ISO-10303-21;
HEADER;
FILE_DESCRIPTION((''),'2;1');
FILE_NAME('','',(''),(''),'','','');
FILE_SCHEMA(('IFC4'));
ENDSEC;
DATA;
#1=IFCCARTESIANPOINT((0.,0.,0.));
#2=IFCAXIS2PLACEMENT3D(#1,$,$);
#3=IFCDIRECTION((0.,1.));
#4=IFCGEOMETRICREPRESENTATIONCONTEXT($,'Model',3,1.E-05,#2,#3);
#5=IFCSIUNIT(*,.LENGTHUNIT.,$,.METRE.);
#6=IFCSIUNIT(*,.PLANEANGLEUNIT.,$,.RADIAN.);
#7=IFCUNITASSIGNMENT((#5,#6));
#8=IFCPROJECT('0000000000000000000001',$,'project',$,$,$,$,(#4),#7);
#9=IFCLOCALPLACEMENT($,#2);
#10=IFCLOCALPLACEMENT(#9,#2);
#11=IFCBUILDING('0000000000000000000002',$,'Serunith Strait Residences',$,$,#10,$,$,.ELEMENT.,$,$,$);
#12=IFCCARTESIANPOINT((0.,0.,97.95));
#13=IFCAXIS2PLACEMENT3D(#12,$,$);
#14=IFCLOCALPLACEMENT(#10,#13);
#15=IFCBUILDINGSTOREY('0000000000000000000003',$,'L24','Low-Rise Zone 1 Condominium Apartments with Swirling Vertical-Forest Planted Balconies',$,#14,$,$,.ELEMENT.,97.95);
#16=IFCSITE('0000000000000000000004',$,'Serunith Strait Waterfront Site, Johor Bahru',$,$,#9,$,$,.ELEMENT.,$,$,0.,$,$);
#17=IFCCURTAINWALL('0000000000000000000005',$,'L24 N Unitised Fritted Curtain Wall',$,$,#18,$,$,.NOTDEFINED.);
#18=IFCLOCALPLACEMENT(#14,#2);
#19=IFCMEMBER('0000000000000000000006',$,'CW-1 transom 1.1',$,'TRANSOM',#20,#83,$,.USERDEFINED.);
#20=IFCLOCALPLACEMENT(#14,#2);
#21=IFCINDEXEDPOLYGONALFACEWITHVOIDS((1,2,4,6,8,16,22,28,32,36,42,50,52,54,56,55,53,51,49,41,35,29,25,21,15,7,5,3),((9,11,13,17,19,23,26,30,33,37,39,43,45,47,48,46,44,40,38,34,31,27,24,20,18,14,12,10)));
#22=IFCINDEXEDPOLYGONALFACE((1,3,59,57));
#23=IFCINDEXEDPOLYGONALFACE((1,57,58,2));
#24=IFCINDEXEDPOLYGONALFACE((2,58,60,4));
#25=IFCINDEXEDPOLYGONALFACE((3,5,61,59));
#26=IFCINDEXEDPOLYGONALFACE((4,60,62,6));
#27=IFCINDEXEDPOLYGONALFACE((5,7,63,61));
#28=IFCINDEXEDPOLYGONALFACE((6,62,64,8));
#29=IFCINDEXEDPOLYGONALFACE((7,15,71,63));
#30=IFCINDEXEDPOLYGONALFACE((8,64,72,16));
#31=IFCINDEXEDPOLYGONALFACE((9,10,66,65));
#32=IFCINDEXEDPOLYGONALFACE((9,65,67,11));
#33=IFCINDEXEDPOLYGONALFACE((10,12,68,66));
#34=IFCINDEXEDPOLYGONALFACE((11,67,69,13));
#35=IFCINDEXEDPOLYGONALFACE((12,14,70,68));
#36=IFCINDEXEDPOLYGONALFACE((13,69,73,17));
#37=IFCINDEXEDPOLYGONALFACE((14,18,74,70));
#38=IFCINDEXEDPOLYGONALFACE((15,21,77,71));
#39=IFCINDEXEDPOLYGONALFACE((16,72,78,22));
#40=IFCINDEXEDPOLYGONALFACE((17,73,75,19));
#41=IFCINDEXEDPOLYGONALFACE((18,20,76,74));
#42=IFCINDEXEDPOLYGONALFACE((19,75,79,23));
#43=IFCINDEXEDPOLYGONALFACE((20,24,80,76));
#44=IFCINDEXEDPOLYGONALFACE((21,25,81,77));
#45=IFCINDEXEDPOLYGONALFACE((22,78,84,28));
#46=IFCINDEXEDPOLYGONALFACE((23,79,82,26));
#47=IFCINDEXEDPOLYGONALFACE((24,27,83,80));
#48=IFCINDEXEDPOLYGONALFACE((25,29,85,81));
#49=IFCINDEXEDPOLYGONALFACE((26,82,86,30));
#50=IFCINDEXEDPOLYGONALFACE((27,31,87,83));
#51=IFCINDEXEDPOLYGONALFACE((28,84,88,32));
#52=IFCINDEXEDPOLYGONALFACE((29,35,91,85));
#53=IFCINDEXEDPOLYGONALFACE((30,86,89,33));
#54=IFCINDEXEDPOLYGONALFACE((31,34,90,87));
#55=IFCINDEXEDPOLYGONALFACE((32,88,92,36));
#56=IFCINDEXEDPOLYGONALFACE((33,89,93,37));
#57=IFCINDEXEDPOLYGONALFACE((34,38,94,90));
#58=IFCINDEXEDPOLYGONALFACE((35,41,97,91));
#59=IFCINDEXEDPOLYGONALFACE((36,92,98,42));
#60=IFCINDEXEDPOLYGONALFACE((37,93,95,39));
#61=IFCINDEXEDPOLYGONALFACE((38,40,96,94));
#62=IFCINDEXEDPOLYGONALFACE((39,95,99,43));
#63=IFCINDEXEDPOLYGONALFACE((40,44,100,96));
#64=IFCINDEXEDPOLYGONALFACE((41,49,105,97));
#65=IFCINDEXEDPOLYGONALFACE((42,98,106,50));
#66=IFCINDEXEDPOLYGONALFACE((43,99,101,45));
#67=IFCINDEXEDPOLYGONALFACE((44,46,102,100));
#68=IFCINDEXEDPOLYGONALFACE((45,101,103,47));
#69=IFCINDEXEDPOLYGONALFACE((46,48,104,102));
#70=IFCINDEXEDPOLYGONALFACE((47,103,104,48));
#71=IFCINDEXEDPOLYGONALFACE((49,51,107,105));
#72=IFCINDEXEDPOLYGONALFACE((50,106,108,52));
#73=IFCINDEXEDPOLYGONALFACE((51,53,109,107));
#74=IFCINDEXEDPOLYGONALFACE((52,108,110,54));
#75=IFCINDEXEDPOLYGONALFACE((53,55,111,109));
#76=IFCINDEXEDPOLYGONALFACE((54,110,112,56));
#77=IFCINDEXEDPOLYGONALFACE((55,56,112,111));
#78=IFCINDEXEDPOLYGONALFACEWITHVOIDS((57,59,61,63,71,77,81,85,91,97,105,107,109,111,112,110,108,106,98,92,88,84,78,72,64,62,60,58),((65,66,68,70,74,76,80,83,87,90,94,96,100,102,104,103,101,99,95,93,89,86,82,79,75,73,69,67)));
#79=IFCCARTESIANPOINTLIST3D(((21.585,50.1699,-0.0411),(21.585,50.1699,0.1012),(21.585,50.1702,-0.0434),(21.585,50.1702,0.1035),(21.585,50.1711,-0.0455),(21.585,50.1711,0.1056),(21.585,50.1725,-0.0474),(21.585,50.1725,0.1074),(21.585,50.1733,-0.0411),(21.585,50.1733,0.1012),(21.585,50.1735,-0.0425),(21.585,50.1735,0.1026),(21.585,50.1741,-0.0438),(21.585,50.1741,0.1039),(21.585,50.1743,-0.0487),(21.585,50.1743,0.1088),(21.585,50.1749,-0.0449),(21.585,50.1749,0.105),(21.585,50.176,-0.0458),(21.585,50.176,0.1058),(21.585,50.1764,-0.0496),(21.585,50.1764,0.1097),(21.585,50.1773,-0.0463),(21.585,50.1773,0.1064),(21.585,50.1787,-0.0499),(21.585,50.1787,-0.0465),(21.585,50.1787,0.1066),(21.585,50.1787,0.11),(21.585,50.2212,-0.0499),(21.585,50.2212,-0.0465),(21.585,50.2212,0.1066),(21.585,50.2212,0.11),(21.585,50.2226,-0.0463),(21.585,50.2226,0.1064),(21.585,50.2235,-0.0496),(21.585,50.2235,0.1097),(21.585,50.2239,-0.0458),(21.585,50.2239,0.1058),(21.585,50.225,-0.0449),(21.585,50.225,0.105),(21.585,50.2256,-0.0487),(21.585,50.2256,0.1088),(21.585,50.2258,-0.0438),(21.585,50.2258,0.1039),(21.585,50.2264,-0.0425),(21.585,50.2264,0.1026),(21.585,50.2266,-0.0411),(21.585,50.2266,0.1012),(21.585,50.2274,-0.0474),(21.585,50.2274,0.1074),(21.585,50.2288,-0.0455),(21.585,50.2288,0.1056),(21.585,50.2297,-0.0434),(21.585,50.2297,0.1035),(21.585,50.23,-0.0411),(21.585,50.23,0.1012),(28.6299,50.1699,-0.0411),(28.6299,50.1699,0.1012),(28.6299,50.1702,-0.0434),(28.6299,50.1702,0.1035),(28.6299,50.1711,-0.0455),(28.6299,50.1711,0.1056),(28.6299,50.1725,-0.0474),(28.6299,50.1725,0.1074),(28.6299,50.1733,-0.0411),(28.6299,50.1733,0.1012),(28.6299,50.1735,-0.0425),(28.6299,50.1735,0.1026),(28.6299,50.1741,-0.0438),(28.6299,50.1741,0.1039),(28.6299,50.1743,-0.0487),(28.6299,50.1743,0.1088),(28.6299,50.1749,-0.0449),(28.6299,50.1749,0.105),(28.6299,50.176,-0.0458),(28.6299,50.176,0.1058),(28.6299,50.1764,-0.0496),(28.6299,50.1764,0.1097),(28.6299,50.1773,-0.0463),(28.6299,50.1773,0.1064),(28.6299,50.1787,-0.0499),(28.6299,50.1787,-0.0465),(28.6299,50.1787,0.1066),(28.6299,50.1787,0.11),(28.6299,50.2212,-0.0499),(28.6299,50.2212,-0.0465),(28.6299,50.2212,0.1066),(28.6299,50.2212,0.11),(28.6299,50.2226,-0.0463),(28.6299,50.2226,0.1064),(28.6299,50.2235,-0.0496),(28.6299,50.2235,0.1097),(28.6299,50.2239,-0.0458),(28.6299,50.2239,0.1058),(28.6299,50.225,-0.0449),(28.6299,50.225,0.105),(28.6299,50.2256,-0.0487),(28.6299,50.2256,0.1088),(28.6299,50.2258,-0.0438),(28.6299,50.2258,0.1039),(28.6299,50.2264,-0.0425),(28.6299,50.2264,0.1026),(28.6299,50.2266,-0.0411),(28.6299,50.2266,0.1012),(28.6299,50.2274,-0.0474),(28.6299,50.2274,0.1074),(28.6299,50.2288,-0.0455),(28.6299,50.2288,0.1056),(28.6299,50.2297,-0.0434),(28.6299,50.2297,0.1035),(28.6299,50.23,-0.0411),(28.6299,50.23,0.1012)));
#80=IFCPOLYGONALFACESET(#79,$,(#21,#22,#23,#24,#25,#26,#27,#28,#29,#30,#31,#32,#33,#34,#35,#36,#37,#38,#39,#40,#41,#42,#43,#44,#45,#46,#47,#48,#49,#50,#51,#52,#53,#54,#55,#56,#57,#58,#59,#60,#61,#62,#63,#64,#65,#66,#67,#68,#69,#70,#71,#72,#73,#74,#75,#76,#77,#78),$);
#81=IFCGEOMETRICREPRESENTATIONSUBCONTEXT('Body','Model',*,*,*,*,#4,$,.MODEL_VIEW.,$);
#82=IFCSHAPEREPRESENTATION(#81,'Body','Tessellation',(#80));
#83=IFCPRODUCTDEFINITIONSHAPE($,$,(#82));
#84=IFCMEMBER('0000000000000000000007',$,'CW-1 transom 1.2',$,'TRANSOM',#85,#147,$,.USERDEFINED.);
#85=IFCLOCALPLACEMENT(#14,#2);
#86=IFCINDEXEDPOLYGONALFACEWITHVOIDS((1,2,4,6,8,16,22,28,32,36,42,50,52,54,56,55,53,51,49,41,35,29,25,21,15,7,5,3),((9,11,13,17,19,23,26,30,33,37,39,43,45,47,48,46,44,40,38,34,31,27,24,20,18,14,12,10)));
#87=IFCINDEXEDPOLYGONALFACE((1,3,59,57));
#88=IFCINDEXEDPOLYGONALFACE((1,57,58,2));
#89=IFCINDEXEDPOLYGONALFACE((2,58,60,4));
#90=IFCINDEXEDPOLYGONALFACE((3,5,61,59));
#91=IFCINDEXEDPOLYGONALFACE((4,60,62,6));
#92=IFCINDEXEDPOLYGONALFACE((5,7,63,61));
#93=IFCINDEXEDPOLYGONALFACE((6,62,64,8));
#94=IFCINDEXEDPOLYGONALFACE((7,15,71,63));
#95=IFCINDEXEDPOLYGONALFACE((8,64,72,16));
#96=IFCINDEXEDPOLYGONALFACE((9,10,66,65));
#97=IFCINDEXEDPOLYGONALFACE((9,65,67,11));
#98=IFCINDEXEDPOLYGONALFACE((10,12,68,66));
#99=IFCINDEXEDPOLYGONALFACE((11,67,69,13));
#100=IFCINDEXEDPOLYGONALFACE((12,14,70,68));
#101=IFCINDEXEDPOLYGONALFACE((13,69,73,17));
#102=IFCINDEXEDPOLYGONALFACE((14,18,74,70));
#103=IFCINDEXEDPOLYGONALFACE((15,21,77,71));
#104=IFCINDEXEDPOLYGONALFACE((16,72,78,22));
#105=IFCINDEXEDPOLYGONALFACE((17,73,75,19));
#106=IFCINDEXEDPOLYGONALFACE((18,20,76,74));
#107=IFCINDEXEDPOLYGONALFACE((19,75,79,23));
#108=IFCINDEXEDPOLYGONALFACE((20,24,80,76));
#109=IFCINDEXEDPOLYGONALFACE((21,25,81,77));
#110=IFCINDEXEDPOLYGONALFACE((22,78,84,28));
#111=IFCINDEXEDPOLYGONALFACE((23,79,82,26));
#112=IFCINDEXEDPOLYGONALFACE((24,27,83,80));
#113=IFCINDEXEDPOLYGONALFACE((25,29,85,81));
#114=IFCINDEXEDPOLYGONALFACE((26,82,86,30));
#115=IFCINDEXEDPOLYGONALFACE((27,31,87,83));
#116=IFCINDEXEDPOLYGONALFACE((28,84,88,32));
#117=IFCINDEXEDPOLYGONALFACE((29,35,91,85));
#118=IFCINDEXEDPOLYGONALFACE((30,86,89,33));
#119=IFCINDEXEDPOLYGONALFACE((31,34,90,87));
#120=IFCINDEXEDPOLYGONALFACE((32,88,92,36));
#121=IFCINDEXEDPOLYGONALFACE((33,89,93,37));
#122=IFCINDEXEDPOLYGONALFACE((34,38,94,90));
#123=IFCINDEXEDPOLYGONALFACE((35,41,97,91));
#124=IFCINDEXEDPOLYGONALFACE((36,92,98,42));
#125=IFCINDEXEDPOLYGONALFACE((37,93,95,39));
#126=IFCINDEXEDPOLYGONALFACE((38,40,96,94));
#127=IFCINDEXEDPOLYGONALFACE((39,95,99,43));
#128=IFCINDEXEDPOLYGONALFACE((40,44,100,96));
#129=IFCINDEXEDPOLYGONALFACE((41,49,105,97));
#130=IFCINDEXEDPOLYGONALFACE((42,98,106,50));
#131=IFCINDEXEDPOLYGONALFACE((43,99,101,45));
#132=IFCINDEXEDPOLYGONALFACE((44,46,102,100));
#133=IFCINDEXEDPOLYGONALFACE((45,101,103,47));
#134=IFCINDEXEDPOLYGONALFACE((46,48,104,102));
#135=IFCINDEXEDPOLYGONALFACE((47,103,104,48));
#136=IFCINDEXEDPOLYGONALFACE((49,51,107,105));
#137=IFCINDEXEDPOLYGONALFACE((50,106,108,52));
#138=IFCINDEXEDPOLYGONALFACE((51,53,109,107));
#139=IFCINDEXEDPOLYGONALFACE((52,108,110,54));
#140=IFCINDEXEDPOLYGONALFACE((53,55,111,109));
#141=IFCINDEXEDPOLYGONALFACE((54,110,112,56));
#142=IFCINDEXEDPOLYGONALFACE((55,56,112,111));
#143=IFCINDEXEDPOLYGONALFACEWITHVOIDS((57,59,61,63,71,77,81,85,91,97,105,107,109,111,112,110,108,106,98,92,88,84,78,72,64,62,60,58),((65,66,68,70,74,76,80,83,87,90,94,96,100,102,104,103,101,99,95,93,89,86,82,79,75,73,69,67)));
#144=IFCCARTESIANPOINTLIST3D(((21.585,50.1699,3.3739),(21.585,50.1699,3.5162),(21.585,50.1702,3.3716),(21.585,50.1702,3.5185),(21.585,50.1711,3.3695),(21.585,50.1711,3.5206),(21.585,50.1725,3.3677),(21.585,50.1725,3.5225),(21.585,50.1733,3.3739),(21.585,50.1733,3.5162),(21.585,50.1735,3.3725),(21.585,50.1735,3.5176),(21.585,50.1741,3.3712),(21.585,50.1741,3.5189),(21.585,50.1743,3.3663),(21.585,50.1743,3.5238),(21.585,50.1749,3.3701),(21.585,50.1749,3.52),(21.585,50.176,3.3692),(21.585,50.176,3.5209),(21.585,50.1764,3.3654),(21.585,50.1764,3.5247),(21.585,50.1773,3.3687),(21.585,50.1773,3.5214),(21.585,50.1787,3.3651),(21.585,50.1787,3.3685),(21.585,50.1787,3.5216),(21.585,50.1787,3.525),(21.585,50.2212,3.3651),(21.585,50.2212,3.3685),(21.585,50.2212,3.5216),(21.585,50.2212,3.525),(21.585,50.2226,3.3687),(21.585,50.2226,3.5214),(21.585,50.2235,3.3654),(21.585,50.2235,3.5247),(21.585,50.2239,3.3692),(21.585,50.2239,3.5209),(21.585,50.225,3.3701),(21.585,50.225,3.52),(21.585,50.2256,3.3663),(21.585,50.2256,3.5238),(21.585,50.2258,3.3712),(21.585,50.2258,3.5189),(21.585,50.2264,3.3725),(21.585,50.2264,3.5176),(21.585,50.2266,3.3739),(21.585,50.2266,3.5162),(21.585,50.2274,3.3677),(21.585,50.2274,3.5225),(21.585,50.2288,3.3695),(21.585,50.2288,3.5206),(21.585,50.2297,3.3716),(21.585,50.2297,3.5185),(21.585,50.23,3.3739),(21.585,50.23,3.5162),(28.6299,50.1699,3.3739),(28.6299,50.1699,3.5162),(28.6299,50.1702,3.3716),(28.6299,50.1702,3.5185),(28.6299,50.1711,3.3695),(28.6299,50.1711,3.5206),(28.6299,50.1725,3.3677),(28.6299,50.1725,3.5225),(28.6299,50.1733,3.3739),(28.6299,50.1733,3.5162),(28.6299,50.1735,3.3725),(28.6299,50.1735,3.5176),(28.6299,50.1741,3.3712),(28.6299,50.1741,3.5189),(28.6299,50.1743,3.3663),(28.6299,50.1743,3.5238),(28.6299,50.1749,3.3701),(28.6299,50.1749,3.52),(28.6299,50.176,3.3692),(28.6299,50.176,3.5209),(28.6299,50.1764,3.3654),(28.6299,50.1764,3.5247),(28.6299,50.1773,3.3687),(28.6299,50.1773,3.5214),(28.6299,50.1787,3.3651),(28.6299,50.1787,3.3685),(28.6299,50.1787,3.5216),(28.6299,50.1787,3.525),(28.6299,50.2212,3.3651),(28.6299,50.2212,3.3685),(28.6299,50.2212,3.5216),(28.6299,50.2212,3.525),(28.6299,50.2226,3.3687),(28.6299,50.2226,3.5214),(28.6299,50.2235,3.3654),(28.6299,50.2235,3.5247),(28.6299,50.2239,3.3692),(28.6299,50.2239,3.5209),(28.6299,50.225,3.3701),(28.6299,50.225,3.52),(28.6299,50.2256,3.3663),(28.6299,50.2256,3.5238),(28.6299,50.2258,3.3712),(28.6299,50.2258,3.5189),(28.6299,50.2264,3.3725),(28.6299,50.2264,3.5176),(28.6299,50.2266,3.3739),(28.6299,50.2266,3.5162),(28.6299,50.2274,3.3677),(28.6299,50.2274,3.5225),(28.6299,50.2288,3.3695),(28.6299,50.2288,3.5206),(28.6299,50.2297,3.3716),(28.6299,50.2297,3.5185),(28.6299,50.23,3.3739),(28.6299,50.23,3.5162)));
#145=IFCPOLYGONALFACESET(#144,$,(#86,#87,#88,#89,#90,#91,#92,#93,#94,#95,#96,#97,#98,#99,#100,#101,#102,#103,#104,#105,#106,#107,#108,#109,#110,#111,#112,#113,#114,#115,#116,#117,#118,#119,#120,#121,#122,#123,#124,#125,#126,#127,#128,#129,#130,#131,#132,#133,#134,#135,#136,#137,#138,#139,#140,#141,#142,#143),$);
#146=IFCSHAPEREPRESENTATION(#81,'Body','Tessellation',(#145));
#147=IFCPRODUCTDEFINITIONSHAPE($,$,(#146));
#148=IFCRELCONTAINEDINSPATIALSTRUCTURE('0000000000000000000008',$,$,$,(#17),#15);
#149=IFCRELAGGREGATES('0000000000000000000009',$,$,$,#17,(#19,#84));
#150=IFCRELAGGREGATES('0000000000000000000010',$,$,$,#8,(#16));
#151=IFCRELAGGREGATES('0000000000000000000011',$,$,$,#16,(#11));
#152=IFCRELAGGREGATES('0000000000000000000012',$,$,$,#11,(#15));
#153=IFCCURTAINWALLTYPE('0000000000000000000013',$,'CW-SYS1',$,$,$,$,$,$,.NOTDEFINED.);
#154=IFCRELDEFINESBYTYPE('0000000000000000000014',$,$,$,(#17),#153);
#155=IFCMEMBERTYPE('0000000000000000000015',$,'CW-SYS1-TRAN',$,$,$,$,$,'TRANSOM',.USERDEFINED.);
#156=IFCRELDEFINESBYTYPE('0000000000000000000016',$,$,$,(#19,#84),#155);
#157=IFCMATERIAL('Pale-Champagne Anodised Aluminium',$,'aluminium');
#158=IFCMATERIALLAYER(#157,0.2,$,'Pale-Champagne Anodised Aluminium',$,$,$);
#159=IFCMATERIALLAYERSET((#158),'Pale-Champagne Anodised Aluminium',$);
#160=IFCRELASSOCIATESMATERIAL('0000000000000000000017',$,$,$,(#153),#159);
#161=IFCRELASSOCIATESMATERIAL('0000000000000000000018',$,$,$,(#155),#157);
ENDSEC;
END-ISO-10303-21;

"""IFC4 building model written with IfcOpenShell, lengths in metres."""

from ifc_helpers import new_model, si_unit, direction, frame, origin, origin_2d, place, context, subcontext, project, spatial, hollow_rectangle, extrude, source, transform, mapped, material, layer, layer_set, material_profile, profile_set, type_object, element, aggregate, save


model = new_model("IFC4")

# Units and contexts
model_context = context("Model", 3, precision=1e-05, world=origin(), true_north=direction((0.0, 1.0)))
body_context = subcontext(model_context, "Body", "Model", "MODEL_VIEW")
ifc_project = project(units=[si_unit("LENGTHUNIT", "METRE"), si_unit("PLANEANGLEUNIT", "RADIAN")], contexts=[model_context])

# Site, building, storey
site_placement = place(None, origin())
site = spatial("IfcSite", under=ifc_project, at=site_placement, Name="Serunith Strait Waterfront Site, Johor Bahru", CompositionType="ELEMENT", RefElevation=0.0)
building_placement = place(site_placement, origin())
building = spatial("IfcBuilding", under=site, at=building_placement, Name="Serunith Strait Residences", CompositionType="ELEMENT")
storey_placement = place(building_placement, frame((0.0, 0.0, 97.95)))
storey = spatial("IfcBuildingStorey", under=building, at=storey_placement, Name="L24", Description="Low-Rise Zone 1 Condominium Apartments with Swirling Vertical-Forest Planted Balconies", CompositionType="ELEMENT", Elevation=97.95)

# Curtain wall, members
ifc_material_1 = material(Name="Pale-Champagne Anodised Aluminium", Category="aluminium")
ifc_layer_1 = layer(ifc_material_1, 0.2, Name="Pale-Champagne Anodised Aluminium")
ifc_layer_set_1 = layer_set([ifc_layer_1], Name="Pale-Champagne Anodised Aluminium")
curtain_wall_type = type_object("IfcCurtainWallType", Name="CW-SYS1", PredefinedType="NOTDEFINED", material=ifc_layer_set_1)
curtain_wall_placement = place(storey_placement, origin())
curtain_wall = element("IfcCurtainWall", 1, at=curtain_wall_placement, inside=storey, type_object=curtain_wall_type, Name="L24 N Unitised Fritted Curtain Wall", PredefinedType="NOTDEFINED")
ifc_material_profile_1 = material_profile(ifc_material_1, hollow_rectangle(XDim=0.0601, YDim=0.1599, WallThickness=0.0034, InnerFilletRadius=0.0054, OuterFilletRadius=0.0088, at=origin_2d()), Name="ALU 160x60x3.5")
ifc_profile_set_1 = profile_set([ifc_material_profile_1], Name="Pale-Champagne Anodised Aluminium")
member_type_1 = type_object("IfcMemberType", Name="CW-SYS1-TRAN", ElementType="TRANSOM", PredefinedType="USERDEFINED", material=ifc_profile_set_1)
shared_shape_1 = source(origin(), body_context, "Body", "SweptSolid", [
    extrude(hollow_rectangle(XDim=0.0601, YDim=0.1599, WallThickness=0.0034, InnerFilletRadius=0.0054, OuterFilletRadius=0.0088, at=origin_2d()), origin(), (0.0, 0.0, 1.0), 7.0449),
])
member_1_placement = place(storey_placement, frame((28.6299, 50.2, 0.03), z_axis=(-1.0, 0.0, 0.0), x_axis=(0.0, -1.0, 0.0)))
member_1 = element("IfcMember", 2, at=member_1_placement, type_object=member_type_1, Name="CW-1 transom 1.1", ObjectType="TRANSOM", PredefinedType="USERDEFINED", context=body_context, shape_type="MappedRepresentation", body=[
    mapped(shared_shape_1, transform((0.0, 0.0, 0.0), scale=1.0)),
])
member_2_placement = place(storey_placement, frame((28.6299, 50.2, 3.4451), z_axis=(-1.0, 0.0, 0.0), x_axis=(0.0, -1.0, 0.0)))
member_2 = element("IfcMember", 3, at=member_2_placement, type_object=member_type_1, Name="CW-1 transom 1.2", ObjectType="TRANSOM", PredefinedType="USERDEFINED", context=body_context, shape_type="MappedRepresentation", body=[
    mapped(shared_shape_1, transform((0.0, 0.0, 0.0), scale=1.0)),
])
aggregate(curtain_wall, [member_1, member_2])

save(model, "model.ifc")
